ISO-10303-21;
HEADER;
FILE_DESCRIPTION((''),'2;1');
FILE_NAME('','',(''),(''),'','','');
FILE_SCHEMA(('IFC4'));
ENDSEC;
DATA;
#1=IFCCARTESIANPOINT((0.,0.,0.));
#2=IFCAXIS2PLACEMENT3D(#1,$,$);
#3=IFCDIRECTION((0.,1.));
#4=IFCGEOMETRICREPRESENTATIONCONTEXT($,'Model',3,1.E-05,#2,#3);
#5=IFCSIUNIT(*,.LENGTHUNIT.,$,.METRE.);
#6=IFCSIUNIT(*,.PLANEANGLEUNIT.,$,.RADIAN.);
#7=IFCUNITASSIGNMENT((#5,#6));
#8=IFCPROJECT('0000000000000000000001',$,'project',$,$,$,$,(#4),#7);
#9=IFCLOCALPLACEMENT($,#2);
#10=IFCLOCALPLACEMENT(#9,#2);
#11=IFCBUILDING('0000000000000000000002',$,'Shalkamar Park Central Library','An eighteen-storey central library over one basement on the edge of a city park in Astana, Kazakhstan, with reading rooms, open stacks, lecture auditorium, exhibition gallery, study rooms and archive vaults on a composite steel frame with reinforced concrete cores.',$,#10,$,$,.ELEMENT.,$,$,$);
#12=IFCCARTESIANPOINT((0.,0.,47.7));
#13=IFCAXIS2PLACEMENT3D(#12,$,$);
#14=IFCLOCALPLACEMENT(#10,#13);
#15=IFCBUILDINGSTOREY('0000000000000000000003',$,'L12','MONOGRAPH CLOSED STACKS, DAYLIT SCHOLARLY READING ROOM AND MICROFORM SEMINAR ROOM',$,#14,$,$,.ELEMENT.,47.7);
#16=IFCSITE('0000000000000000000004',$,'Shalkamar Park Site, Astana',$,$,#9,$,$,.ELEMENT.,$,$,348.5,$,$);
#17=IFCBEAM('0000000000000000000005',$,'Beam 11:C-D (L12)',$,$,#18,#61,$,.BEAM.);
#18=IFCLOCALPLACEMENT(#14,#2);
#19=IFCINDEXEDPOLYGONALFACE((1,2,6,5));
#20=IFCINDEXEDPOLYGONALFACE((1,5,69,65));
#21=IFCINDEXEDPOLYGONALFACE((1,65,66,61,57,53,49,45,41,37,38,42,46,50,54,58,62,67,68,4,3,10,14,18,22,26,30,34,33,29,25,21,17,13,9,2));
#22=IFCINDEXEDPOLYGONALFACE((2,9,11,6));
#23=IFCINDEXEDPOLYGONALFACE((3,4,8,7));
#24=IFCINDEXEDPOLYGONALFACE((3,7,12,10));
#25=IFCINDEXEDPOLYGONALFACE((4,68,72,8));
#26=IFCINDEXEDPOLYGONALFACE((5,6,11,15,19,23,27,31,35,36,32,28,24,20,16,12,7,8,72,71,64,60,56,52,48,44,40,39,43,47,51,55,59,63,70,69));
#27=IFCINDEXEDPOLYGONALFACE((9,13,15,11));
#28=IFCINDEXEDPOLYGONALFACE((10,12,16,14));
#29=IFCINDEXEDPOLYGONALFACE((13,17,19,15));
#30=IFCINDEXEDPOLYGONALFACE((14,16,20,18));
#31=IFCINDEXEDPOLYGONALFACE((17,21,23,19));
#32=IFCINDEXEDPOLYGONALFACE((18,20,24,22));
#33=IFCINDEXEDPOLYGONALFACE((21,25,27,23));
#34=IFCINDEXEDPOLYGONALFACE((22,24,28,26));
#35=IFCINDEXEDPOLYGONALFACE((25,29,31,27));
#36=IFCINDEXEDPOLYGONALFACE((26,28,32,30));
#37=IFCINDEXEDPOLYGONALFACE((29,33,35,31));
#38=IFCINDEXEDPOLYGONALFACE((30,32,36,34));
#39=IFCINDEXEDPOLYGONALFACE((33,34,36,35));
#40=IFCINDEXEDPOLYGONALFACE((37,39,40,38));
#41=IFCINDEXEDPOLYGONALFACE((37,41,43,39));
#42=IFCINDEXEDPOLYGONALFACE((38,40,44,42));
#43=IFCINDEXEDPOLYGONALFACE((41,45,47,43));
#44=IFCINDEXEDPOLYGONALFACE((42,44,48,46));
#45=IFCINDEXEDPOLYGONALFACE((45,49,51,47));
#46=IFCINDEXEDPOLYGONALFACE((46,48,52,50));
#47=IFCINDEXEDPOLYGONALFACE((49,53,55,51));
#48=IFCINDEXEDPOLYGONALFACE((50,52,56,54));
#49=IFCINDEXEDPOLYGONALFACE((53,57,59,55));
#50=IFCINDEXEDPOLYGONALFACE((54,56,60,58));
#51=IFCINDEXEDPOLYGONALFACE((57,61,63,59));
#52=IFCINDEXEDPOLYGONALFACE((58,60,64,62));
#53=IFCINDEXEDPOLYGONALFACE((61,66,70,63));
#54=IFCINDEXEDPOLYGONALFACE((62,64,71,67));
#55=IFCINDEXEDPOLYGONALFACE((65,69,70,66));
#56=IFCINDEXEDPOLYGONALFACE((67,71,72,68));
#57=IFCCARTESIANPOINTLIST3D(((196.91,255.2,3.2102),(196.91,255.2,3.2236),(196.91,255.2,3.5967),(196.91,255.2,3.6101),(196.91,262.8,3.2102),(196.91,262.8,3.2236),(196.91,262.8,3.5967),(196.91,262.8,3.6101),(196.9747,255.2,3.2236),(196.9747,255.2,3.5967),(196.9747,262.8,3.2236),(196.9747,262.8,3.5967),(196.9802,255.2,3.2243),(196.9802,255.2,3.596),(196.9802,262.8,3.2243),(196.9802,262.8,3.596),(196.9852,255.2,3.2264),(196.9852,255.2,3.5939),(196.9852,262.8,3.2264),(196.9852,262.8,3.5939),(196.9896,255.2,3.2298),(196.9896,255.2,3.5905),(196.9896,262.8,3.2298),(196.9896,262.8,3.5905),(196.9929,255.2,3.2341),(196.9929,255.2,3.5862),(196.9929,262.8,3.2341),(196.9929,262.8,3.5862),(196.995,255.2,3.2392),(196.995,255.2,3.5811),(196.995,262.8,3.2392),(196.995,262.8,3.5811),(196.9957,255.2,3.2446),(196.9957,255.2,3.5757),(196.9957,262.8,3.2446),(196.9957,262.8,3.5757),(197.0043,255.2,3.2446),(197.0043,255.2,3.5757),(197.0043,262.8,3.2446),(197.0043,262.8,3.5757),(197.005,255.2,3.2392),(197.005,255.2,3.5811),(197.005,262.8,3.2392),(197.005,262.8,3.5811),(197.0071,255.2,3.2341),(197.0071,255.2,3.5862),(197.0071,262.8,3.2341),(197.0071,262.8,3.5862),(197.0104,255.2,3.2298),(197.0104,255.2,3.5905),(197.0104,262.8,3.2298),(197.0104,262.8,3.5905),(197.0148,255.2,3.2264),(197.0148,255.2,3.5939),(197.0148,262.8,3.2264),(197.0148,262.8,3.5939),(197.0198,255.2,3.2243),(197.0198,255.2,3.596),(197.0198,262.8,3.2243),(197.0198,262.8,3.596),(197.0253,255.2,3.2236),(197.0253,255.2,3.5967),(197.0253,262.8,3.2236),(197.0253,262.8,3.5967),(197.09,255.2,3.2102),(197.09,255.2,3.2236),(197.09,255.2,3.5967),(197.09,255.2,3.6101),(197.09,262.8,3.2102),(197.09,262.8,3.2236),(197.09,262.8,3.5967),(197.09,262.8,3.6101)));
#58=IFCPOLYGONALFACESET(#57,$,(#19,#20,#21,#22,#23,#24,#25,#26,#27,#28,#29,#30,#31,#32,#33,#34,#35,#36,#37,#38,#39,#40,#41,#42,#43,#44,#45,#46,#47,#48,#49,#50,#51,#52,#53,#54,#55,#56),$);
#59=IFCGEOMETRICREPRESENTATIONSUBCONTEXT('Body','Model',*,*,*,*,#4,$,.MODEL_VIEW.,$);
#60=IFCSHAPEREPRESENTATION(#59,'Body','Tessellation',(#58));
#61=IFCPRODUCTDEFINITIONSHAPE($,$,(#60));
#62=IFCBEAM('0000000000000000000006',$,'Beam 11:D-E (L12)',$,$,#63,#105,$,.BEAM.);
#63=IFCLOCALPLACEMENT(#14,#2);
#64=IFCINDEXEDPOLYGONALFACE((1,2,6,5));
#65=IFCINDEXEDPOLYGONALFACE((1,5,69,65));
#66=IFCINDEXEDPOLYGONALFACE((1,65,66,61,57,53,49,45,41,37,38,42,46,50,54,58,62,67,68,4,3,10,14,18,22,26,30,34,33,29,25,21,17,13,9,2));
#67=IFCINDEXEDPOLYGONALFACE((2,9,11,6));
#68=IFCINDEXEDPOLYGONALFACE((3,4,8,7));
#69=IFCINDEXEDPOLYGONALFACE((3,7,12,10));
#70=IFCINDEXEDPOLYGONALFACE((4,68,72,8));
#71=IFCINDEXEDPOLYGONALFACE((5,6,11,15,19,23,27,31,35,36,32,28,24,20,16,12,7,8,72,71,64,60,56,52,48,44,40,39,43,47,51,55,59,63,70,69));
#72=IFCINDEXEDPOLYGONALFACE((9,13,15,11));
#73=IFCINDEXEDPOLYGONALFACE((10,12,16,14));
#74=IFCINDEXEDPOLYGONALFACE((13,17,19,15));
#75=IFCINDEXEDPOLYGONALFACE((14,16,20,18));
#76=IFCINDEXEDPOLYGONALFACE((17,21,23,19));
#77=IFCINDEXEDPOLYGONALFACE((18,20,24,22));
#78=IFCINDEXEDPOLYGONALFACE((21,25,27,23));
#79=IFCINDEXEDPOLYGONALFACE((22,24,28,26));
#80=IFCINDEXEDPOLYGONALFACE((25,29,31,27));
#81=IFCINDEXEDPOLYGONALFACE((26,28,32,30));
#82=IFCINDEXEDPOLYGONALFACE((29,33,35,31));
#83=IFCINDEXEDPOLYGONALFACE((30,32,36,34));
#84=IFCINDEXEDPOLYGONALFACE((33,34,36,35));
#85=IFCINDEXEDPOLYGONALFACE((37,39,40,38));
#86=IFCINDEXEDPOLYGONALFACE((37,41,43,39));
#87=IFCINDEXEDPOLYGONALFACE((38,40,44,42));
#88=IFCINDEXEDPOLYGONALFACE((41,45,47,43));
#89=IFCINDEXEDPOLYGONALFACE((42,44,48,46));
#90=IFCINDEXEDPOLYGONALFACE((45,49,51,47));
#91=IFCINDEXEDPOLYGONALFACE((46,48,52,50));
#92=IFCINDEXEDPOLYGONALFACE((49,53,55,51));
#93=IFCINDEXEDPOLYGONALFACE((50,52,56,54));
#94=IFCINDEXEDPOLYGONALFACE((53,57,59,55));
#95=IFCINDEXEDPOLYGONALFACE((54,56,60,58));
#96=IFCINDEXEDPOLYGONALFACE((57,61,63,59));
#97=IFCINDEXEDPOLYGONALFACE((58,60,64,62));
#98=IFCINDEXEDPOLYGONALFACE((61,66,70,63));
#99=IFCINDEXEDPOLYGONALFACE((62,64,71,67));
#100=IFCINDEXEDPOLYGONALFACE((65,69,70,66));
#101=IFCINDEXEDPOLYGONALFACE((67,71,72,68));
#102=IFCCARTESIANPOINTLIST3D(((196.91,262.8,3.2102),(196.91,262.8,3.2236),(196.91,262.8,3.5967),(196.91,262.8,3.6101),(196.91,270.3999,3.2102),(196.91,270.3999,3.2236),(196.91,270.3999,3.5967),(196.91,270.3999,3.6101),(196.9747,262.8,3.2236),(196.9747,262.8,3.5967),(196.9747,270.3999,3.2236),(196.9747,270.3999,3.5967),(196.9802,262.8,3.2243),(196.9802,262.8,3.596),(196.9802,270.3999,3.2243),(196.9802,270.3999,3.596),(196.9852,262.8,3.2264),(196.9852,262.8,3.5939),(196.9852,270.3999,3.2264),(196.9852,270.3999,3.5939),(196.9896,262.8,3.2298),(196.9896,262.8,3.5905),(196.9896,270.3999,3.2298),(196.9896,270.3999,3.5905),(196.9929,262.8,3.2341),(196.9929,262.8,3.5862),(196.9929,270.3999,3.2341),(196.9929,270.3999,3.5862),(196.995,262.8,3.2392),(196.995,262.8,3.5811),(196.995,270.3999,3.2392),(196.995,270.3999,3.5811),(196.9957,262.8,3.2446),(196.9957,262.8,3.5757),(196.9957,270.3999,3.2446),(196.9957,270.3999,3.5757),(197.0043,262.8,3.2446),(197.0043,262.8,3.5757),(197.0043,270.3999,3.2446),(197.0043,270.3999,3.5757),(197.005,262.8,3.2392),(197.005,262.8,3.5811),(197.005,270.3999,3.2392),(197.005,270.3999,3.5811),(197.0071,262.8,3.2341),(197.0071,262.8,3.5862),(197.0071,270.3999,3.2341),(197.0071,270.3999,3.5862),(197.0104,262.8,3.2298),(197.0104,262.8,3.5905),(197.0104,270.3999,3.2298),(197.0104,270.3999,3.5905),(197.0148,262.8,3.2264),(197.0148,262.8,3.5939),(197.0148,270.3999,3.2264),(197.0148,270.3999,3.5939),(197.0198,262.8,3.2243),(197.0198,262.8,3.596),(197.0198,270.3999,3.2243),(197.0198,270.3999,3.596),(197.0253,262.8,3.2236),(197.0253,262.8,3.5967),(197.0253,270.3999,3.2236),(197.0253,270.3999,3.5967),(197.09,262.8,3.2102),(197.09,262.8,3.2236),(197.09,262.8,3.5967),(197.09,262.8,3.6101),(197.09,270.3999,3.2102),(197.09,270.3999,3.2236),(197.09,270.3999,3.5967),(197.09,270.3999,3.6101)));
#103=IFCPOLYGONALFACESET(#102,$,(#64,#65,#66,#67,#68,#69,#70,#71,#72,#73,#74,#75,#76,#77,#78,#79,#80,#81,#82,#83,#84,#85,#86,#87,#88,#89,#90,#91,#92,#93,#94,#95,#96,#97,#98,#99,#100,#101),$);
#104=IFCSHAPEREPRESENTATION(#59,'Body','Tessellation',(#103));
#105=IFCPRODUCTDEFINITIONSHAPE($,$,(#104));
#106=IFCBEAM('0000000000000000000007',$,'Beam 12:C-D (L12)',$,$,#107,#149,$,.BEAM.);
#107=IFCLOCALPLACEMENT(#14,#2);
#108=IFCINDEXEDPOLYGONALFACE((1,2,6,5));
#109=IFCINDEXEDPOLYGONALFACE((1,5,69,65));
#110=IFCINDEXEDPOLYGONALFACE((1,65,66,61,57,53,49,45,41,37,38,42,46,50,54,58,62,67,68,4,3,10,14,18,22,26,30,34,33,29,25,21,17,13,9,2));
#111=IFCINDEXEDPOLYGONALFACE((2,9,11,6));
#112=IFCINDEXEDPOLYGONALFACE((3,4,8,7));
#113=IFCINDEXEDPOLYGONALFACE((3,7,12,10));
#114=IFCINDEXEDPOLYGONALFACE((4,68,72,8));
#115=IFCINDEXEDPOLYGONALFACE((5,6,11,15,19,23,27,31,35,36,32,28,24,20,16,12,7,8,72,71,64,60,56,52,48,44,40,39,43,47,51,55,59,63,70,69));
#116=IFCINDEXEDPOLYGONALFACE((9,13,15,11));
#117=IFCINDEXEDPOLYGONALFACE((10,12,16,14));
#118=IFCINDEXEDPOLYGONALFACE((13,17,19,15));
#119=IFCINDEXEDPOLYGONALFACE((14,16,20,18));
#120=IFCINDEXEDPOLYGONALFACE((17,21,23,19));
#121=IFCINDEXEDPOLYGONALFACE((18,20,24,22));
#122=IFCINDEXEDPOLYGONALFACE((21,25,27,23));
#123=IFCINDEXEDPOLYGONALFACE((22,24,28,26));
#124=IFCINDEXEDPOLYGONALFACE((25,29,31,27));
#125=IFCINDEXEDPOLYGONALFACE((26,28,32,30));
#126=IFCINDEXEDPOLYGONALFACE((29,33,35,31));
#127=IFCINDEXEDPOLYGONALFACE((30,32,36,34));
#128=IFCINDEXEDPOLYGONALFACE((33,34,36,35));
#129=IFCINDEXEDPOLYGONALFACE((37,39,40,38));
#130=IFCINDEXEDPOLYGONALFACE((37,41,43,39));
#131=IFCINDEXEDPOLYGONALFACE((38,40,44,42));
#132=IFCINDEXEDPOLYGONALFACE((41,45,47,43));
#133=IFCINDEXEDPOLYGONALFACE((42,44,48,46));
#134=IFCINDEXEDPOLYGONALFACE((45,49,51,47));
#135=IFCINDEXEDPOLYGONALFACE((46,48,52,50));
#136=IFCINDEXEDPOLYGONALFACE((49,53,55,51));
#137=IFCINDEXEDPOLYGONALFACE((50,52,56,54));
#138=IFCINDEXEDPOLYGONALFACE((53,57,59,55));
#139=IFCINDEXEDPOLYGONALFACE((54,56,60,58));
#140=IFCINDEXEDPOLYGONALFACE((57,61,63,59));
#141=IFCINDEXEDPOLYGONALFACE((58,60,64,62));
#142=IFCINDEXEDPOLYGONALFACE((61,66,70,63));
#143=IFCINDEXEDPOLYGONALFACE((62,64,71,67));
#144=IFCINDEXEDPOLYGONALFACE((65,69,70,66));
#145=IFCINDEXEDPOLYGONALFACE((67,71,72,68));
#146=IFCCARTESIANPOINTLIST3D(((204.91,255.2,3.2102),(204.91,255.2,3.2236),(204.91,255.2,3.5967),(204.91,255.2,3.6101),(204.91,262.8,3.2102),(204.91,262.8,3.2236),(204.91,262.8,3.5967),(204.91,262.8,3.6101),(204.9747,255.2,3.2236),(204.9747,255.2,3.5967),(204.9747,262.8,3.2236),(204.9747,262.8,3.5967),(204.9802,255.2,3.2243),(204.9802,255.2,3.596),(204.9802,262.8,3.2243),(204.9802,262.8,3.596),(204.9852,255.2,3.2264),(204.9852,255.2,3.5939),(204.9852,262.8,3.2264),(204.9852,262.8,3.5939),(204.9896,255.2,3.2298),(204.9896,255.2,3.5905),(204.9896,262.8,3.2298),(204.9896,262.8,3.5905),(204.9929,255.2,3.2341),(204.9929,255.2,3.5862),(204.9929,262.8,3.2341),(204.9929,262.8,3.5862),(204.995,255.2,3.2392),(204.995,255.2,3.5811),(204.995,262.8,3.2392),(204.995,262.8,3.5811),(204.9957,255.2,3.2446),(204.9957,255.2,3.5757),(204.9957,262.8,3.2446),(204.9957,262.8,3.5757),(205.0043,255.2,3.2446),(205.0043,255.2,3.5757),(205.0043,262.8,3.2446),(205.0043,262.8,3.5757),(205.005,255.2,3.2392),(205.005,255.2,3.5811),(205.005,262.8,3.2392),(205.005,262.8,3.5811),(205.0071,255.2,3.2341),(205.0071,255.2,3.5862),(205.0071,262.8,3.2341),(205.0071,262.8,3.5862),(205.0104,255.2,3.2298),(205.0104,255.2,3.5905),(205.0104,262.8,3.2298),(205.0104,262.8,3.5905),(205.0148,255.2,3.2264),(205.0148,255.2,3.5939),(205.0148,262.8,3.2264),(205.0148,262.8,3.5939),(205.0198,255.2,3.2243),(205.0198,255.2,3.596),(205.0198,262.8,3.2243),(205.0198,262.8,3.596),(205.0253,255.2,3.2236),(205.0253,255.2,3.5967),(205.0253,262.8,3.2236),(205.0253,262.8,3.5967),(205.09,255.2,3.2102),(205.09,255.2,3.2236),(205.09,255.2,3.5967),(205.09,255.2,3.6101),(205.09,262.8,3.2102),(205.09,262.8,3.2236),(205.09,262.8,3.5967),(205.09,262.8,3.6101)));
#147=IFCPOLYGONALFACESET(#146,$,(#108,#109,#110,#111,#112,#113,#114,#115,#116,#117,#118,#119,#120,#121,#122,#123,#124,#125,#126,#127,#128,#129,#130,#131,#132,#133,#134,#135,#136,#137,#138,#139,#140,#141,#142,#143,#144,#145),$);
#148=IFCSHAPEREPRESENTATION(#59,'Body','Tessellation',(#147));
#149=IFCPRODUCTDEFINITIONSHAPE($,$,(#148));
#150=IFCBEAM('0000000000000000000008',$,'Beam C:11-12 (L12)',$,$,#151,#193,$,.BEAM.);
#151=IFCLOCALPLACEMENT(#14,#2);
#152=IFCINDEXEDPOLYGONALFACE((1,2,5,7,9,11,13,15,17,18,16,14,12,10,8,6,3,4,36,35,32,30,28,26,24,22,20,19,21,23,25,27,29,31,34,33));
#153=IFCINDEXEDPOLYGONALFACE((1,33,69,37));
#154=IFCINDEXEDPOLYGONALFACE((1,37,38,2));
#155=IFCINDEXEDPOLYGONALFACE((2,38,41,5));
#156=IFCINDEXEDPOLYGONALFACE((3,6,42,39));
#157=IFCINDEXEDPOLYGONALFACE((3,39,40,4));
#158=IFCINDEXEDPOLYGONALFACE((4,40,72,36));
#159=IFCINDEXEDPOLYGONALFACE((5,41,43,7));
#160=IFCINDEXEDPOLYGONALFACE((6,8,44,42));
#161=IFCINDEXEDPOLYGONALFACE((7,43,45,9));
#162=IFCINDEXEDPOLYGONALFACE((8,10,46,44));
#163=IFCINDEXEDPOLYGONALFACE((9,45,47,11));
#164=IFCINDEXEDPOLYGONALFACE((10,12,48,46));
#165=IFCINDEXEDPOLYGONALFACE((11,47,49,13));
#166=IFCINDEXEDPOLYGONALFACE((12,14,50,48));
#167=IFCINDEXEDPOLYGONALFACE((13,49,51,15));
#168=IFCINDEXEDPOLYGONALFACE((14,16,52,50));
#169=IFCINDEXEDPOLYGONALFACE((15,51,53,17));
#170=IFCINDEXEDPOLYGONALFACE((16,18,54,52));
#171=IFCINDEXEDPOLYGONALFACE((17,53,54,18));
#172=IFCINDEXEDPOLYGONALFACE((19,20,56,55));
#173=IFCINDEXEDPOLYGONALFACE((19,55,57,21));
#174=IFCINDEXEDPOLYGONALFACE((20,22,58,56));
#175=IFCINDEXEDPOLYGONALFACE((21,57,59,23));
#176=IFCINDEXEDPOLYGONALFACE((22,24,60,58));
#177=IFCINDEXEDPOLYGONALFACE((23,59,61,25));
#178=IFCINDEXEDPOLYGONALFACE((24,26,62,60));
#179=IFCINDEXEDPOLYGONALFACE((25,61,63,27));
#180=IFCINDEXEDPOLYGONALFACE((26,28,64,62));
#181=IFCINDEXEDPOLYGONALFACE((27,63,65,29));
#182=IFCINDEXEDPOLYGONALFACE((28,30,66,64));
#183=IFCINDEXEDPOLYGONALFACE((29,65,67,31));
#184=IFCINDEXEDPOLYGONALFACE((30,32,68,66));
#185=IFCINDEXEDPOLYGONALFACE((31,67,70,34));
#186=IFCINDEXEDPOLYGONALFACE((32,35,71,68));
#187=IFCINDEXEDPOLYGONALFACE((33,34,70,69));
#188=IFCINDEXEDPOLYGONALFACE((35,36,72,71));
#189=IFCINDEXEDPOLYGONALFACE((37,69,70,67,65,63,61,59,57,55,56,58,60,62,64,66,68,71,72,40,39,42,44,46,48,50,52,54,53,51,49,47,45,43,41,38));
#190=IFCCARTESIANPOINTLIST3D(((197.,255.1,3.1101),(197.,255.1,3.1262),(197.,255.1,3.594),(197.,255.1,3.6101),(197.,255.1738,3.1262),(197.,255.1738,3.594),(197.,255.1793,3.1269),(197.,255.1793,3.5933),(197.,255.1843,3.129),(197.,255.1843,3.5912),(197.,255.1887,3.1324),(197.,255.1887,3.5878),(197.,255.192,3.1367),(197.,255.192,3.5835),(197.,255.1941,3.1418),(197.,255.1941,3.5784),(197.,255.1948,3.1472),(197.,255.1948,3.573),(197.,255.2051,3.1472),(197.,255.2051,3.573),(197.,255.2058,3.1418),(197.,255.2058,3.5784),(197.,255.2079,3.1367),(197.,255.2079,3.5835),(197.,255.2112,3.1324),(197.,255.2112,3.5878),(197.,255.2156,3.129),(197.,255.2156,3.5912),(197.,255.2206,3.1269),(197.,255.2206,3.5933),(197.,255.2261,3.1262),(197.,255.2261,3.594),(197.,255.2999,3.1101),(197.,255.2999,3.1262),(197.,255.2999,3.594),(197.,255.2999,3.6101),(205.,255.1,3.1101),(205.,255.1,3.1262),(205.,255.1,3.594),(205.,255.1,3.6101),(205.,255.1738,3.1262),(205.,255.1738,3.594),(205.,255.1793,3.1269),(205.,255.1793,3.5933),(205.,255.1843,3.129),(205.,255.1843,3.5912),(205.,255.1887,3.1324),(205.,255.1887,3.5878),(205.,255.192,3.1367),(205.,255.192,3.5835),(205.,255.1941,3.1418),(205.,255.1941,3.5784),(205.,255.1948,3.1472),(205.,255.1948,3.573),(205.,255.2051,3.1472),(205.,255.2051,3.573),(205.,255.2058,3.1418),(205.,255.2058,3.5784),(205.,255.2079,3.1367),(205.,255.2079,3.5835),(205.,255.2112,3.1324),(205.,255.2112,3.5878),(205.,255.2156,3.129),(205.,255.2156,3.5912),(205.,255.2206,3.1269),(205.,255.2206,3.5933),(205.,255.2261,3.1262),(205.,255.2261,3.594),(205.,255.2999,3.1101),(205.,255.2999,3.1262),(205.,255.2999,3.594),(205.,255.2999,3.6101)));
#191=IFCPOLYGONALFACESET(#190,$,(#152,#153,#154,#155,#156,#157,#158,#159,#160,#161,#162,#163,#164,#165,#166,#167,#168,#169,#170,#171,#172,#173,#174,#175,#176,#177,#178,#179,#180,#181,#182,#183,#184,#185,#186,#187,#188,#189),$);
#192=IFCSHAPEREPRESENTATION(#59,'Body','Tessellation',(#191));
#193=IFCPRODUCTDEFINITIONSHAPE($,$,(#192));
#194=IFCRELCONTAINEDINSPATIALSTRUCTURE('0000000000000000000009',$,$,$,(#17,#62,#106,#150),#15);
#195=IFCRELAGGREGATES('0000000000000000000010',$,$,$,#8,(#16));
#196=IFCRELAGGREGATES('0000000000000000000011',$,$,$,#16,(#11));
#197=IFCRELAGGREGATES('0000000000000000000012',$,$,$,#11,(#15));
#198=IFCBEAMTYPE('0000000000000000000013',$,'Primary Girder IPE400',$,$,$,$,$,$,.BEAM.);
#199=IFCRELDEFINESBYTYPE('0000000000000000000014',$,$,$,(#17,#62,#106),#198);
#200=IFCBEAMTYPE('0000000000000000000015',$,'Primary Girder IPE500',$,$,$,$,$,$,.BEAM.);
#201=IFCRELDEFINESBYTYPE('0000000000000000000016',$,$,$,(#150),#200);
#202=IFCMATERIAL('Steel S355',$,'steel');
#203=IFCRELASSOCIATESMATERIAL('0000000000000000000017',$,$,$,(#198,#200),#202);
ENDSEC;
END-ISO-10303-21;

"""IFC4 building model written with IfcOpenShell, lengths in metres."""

from ifc_helpers import new_model, si_unit, direction, frame, origin, origin_2d, place, context, subcontext, project, spatial, i_section, extrude, material, material_profile, profile_set, type_object, element, save


model = new_model("IFC4")

# Units and contexts
model_context = context("Model", 3, precision=1e-05, world=origin(), true_north=direction((0.0, 1.0)))
body_context = subcontext(model_context, "Body", "Model", "MODEL_VIEW")
ifc_project = project(units=[si_unit("LENGTHUNIT", "METRE"), si_unit("PLANEANGLEUNIT", "RADIAN")], contexts=[model_context])

# Site, building, storey
site_placement = place(None, origin())
site = spatial("IfcSite", under=ifc_project, at=site_placement, Name="Shalkamar Park Site, Astana", CompositionType="ELEMENT", RefElevation=348.5)
building_placement = place(site_placement, origin())
building = spatial("IfcBuilding", under=site, at=building_placement, Name="Shalkamar Park Central Library", Description="An eighteen-storey central library over one basement on the edge of a city park in Astana, Kazakhstan, with reading rooms, open stacks, lecture auditorium, exhibition gallery, study rooms and archive vaults on a composite steel frame with reinforced concrete cores.", CompositionType="ELEMENT")
storey_placement = place(building_placement, frame((0.0, 0.0, 47.7)))
storey = spatial("IfcBuildingStorey", under=building, at=storey_placement, Name="L12", Description="MONOGRAPH CLOSED STACKS, DAYLIT SCHOLARLY READING ROOM AND MICROFORM SEMINAR ROOM", CompositionType="ELEMENT", Elevation=47.7)

# Shared definitions
ifc_material_1 = material(Name="Steel S355", Category="steel")

# Beams
ifc_material_profile_1 = material_profile(ifc_material_1, i_section(OverallWidth=0.1799, OverallDepth=0.3999, WebThickness=0.0085, FlangeThickness=0.0134, FilletRadius=0.021, at=origin_2d()), Name="IPE 400")
ifc_profile_set_1 = profile_set([ifc_material_profile_1], Name="Steel S355")
beam_type_1 = type_object("IfcBeamType", Name="Primary Girder IPE400", PredefinedType="BEAM", material=ifc_profile_set_1)
beam_1_placement = place(storey_placement, frame((197.0, 255.2, 3.4102), z_axis=(0.0, 1.0, 0.0), x_axis=(-1.0, 0.0, 0.0)))
element("IfcBeam", 1, at=beam_1_placement, inside=storey, type_object=beam_type_1, Name="Beam 11:C-D (L12)", PredefinedType="BEAM", context=body_context, shape_type="SweptSolid", body=[
    extrude(i_section(OverallWidth=0.1799, OverallDepth=0.3999, WebThickness=0.0085, FlangeThickness=0.0134, FilletRadius=0.021, at=origin_2d()), origin(), (0.0, 0.0, 1.0), 7.6001),
])
beam_2_placement = place(storey_placement, frame((197.0, 262.8, 3.4102), z_axis=(0.0, 1.0, 0.0), x_axis=(-1.0, 0.0, 0.0)))
element("IfcBeam", 2, at=beam_2_placement, inside=storey, type_object=beam_type_1, Name="Beam 11:D-E (L12)", PredefinedType="BEAM", context=body_context, shape_type="SweptSolid", body=[
    extrude(i_section(OverallWidth=0.1799, OverallDepth=0.3999, WebThickness=0.0085, FlangeThickness=0.0134, FilletRadius=0.021, at=origin_2d()), origin(), (0.0, 0.0, 1.0), 7.5999),
])
beam_3_placement = place(storey_placement, frame((205.0, 255.2, 3.4102), z_axis=(0.0, 1.0, 0.0), x_axis=(-1.0, 0.0, 0.0)))
element("IfcBeam", 3, at=beam_3_placement, inside=storey, type_object=beam_type_1, Name="Beam 12:C-D (L12)", PredefinedType="BEAM", context=body_context, shape_type="SweptSolid", body=[
    extrude(i_section(OverallWidth=0.1799, OverallDepth=0.3999, WebThickness=0.0085, FlangeThickness=0.0134, FilletRadius=0.021, at=origin_2d()), origin(), (0.0, 0.0, 1.0), 7.6001),
])
ifc_material_profile_2 = material_profile(ifc_material_1, i_section(OverallWidth=0.2, OverallDepth=0.5, WebThickness=0.0103, FlangeThickness=0.0161, FilletRadius=0.021, at=origin_2d()), Name="IPE 500")
ifc_profile_set_2 = profile_set([ifc_material_profile_2], Name="Steel S355")
beam_type_2 = type_object("IfcBeamType", Name="Primary Girder IPE500", PredefinedType="BEAM", material=ifc_profile_set_2)
for number, where, z_axis, x_axis, name in (
    (4, (197.0, 255.2, 3.3601), (1.0, 0.0, 0.0), (0.0, 1.0, 0.0), "Beam C:11-12 (L12)"),
):
    element("IfcBeam", number, at=place(storey_placement, frame(where, z_axis=z_axis, x_axis=x_axis)), inside=storey, type_object=beam_type_2, Name=name, PredefinedType="BEAM", context=body_context, shape_type="SweptSolid", body=[
        extrude(i_section(OverallWidth=0.2, OverallDepth=0.5, WebThickness=0.0103, FlangeThickness=0.0161, FilletRadius=0.021, at=origin_2d()), origin(), (0.0, 0.0, 1.0), 8.0),
    ])

save(model, "model.ifc")
